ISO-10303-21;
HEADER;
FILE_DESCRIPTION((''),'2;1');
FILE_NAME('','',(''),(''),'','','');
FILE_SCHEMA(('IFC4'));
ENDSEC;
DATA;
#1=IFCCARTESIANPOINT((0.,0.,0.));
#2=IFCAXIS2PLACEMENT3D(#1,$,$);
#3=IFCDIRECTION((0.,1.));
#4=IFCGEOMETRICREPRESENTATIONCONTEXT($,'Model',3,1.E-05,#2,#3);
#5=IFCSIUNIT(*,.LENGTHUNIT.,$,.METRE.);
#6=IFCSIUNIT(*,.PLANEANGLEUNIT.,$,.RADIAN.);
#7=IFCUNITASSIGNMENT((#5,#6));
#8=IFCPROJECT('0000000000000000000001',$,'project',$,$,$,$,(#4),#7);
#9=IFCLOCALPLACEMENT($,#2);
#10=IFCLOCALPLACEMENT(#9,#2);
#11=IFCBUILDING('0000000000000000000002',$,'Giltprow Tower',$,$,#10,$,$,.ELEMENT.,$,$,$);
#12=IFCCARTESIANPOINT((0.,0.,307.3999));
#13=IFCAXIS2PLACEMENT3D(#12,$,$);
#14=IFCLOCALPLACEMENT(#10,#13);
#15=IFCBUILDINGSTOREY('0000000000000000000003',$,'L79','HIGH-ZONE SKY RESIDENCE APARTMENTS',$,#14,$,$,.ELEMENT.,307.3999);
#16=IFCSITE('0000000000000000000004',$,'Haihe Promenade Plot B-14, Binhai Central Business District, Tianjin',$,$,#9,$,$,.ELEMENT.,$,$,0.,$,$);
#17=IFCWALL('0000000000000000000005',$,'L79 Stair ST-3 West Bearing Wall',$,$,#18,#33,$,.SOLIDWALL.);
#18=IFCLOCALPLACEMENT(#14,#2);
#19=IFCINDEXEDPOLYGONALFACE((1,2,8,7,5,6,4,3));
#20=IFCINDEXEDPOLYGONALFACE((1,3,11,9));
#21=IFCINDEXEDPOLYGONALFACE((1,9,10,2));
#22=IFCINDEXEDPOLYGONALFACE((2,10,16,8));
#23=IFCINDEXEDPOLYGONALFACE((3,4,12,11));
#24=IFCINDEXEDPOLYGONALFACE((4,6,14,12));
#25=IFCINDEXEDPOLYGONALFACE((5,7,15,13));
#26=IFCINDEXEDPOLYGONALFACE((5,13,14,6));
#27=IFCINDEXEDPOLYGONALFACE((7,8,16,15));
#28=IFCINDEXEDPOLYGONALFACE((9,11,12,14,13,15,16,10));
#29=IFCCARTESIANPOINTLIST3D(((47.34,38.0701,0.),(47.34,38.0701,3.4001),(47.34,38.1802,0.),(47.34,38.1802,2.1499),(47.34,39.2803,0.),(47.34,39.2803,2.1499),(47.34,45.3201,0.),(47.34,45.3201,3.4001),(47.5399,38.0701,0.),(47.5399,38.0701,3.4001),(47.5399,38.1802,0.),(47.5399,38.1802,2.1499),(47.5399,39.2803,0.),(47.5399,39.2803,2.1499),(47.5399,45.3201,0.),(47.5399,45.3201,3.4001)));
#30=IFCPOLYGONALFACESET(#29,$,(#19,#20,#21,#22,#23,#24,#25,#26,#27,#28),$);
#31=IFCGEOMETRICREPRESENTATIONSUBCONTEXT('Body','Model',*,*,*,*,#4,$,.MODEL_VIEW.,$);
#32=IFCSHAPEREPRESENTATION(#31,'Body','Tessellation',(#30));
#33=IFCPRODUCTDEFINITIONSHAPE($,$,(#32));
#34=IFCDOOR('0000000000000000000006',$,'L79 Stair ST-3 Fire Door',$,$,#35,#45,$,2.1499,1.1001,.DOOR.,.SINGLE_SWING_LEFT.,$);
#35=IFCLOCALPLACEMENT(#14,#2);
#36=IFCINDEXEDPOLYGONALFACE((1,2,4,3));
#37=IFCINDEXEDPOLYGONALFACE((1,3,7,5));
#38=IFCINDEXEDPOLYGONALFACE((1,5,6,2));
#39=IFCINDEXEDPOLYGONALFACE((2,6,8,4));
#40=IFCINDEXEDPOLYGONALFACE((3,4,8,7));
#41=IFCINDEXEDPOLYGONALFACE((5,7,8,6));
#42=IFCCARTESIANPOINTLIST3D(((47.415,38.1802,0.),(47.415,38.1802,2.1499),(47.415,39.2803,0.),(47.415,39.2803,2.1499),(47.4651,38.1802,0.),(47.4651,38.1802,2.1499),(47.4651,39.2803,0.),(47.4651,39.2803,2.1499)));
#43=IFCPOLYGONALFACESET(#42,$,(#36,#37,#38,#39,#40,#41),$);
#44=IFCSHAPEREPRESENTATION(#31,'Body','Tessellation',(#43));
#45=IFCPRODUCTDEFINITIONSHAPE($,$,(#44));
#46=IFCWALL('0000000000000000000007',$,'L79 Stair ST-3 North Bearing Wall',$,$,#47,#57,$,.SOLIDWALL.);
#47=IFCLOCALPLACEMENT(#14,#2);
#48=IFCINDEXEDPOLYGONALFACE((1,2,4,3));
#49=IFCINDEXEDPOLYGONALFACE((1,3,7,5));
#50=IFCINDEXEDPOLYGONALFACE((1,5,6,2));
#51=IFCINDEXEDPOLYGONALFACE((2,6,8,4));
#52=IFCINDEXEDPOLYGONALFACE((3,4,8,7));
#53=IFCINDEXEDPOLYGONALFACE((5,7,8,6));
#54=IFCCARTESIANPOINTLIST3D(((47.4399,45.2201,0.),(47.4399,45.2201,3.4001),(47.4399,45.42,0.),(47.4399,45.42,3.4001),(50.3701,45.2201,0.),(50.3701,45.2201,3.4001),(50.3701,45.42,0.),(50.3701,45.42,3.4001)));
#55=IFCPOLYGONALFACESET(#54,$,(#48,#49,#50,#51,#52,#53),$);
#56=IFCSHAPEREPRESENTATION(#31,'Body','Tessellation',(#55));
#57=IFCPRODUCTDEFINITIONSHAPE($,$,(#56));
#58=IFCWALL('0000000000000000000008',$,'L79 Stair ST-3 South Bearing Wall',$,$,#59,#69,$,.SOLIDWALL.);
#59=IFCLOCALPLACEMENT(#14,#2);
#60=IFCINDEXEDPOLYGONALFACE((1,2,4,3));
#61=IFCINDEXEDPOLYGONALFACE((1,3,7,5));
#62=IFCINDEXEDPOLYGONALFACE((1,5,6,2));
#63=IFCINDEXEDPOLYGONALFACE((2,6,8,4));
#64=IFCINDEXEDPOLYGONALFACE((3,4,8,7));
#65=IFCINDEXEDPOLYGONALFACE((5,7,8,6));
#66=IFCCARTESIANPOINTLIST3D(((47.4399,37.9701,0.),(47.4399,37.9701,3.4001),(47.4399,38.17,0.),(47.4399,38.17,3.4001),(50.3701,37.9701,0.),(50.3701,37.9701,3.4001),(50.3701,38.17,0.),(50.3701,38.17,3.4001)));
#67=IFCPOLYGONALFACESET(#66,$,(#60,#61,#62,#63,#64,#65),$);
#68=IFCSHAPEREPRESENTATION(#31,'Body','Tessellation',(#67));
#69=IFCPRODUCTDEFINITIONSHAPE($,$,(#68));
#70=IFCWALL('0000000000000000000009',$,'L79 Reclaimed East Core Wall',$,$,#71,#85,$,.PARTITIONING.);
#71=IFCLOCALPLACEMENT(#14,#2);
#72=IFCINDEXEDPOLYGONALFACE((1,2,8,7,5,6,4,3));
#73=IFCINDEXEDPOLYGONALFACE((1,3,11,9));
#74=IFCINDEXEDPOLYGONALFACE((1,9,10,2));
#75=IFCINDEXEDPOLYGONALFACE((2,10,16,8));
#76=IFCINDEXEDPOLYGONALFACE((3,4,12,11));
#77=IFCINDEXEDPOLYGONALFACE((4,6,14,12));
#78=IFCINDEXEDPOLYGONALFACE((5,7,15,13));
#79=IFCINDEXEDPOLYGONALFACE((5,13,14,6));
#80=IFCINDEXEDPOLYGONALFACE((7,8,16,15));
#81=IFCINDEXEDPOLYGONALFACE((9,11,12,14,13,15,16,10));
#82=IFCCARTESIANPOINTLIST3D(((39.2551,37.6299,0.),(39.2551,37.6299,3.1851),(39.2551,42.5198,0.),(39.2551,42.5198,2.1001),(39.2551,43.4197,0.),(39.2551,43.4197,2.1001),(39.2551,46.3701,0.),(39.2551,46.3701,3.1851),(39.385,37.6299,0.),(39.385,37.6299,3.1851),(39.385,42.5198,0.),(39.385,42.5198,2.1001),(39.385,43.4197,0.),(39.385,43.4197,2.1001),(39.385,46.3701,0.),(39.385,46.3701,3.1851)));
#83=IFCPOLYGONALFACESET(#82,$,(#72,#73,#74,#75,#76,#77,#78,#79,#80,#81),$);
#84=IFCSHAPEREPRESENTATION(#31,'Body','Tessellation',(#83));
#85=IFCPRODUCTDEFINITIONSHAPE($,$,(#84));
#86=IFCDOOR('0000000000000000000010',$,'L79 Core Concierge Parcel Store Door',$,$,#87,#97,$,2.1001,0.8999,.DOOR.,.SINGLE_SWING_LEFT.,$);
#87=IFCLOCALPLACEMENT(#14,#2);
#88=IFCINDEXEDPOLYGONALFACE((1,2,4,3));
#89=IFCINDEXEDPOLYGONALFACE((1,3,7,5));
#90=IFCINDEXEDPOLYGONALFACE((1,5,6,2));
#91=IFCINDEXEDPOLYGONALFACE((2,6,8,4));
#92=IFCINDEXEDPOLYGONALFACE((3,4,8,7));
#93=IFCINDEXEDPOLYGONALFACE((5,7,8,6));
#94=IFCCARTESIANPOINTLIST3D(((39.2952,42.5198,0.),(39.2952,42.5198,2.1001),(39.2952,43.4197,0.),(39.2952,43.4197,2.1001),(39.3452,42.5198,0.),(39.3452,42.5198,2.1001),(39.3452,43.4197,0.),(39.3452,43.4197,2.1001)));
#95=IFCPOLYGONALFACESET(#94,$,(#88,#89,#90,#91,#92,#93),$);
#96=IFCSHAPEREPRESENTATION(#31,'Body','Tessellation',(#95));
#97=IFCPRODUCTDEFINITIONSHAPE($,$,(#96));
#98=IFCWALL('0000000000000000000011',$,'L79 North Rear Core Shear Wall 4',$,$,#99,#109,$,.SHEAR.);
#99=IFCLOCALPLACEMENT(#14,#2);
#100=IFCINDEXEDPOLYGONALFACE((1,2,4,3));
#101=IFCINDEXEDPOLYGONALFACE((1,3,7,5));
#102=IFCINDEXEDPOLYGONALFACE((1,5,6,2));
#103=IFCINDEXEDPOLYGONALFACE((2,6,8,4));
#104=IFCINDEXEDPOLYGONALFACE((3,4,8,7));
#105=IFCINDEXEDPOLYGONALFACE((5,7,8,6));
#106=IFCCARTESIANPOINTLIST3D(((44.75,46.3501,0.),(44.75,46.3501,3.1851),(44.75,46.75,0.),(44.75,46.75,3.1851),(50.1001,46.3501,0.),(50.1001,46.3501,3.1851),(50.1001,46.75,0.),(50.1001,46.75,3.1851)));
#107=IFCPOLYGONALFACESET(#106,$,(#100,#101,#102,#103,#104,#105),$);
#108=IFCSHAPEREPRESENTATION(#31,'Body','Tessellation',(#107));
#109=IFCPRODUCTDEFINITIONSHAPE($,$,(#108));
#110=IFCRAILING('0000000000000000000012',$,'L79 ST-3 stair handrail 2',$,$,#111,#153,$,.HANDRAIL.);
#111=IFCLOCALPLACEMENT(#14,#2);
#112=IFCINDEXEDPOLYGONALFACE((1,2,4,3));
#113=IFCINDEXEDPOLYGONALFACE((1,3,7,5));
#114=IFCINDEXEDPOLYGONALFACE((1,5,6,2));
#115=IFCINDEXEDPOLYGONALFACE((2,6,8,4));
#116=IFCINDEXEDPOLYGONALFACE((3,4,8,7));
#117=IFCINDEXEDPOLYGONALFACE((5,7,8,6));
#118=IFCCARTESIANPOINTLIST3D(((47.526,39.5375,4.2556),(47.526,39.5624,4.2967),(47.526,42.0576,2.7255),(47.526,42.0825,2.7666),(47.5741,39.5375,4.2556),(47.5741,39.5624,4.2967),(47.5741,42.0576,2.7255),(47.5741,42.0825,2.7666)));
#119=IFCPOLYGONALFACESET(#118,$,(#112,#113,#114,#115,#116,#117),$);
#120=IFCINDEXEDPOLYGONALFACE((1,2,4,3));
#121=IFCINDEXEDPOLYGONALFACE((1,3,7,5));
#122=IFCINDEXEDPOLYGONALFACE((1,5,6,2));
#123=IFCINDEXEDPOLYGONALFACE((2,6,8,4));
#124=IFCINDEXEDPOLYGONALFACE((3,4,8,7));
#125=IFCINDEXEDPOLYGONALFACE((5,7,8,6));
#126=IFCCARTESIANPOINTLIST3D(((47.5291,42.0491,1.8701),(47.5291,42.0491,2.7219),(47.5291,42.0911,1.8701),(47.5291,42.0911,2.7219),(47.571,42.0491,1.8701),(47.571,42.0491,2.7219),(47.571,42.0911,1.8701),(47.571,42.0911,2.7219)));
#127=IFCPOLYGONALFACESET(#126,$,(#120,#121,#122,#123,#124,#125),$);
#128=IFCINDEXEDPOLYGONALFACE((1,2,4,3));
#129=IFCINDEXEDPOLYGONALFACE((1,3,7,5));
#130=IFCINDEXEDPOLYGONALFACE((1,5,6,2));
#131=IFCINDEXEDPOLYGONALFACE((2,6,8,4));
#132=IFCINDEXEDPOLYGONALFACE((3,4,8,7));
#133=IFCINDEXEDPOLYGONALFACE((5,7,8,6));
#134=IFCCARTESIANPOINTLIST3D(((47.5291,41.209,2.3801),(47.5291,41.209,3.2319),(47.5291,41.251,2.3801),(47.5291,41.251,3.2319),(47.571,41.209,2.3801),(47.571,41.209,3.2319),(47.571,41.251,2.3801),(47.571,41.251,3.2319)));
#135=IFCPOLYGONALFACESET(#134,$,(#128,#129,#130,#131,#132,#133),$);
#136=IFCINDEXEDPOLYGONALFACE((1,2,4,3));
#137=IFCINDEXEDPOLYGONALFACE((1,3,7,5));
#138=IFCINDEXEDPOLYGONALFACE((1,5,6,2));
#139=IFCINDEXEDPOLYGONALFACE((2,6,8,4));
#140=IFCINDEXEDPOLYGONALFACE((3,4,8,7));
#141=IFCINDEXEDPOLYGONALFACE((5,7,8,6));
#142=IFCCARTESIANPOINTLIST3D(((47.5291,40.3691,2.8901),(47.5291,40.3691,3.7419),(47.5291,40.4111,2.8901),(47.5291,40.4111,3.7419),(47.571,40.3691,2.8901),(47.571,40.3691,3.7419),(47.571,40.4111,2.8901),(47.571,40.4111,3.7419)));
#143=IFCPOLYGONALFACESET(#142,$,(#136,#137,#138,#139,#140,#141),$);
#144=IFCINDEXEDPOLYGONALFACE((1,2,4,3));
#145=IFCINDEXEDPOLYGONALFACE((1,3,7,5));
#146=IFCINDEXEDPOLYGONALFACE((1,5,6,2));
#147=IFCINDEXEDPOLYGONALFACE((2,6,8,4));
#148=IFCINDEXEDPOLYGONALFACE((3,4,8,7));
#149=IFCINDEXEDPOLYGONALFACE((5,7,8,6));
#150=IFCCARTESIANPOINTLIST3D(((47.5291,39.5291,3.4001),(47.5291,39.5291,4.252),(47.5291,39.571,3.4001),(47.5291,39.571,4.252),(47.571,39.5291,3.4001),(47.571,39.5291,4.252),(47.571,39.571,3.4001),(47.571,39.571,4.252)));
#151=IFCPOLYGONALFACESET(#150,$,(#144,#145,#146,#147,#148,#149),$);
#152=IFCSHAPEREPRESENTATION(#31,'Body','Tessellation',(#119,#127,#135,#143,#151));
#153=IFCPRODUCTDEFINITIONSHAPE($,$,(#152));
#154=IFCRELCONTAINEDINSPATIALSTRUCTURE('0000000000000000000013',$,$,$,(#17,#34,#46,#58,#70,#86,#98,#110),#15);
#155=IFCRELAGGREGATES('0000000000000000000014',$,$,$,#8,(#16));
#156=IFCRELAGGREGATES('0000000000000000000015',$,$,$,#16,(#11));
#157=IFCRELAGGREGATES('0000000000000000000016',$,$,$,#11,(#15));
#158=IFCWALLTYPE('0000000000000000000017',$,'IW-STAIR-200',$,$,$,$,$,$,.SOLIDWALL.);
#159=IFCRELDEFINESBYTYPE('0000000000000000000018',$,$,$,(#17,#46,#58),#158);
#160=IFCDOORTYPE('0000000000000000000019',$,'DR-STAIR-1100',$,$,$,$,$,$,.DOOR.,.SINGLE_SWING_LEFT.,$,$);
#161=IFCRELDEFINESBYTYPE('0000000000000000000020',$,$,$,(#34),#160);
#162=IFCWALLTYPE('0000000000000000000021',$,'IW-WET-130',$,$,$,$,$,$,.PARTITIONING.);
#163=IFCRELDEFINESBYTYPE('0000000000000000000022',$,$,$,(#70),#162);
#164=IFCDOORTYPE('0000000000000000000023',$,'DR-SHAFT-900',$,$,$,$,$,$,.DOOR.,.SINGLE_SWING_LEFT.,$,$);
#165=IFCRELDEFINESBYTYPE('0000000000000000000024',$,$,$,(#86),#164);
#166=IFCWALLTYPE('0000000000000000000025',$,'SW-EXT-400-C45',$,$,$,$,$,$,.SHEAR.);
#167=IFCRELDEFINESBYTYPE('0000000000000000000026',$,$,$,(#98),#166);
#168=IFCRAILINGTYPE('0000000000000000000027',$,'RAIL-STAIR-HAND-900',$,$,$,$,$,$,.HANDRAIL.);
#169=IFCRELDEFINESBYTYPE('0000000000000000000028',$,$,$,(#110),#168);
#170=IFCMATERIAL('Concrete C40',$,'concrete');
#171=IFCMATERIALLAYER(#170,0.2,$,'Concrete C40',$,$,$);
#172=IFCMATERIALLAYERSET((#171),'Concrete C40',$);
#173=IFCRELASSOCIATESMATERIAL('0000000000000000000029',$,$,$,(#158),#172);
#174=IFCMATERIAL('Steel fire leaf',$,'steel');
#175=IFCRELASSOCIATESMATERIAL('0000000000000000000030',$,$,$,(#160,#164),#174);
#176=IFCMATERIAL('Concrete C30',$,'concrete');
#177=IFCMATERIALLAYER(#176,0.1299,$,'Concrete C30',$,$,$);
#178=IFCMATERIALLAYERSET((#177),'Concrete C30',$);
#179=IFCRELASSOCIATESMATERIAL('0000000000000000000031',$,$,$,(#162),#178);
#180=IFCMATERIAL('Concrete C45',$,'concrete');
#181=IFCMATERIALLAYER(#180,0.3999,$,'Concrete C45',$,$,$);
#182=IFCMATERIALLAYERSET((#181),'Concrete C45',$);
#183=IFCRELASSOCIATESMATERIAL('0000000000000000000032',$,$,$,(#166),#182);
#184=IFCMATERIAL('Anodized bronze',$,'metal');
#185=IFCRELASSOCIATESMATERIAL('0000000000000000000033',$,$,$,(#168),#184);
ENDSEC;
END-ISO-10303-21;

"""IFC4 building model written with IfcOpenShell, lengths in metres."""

from ifc_helpers import new_model, si_unit, direction, frame, frame_2d, origin, origin_2d, place, context, subcontext, project, spatial, rectangle, extrude, source, transform, mapped, material, layer, layer_set, type_object, element, fill, save


model = new_model("IFC4")

# Units and contexts
model_context = context("Model", 3, precision=1e-05, world=origin(), true_north=direction((0.0, 1.0)))
body_context = subcontext(model_context, "Body", "Model", "MODEL_VIEW")
ifc_project = project(units=[si_unit("LENGTHUNIT", "METRE"), si_unit("PLANEANGLEUNIT", "RADIAN")], contexts=[model_context])

# Site, building, storey
site_placement = place(None, origin())
site = spatial("IfcSite", under=ifc_project, at=site_placement, Name="Haihe Promenade Plot B-14, Binhai Central Business District, Tianjin", CompositionType="ELEMENT", RefElevation=0.0)
building_placement = place(site_placement, origin())
building = spatial("IfcBuilding", under=site, at=building_placement, Name="Giltprow Tower", CompositionType="ELEMENT")
storey_placement = place(building_placement, frame((0.0, 0.0, 307.3999)))
storey = spatial("IfcBuildingStorey", under=building, at=storey_placement, Name="L79", Description="HIGH-ZONE SKY RESIDENCE APARTMENTS", CompositionType="ELEMENT", Elevation=307.3999)

# Shared definitions
ifc_material_1 = material(Name="Concrete C45", Category="concrete")

# Shared definitions
ifc_material_2 = material(Name="Concrete C40", Category="concrete")

# Wall, opening, door
ifc_layer_1 = layer(ifc_material_2, 0.2, Name="Concrete C40")
ifc_layer_set_1 = layer_set([ifc_layer_1], Name="Concrete C40")
wall_type_1 = type_object("IfcWallType", Name="IW-STAIR-200", PredefinedType="SOLIDWALL", material=ifc_layer_set_1)
wall_1_placement = place(storey_placement, frame((47.4399, 38.0701, 0.0), z_axis=(0.0, 0.0, 1.0), x_axis=(0.0, 1.0, 0.0)))
wall_1 = element("IfcWall", 1, at=wall_1_placement, inside=storey, type_object=wall_type_1, Name="L79 Stair ST-3 West Bearing Wall", PredefinedType="SOLIDWALL", context=body_context, shape_type="SweptSolid", body=[
    extrude(rectangle(XDim=7.25, YDim=0.2, at=frame_2d((3.625, 0.0))), origin(), (0.0, 0.0, 1.0), 3.4001),
])
opening_1_placement = place(wall_1_placement, frame((0.1101, 0.0, 0.0)))
opening_1 = element("IfcOpeningElement", 2, at=opening_1_placement, cuts=wall_1, PredefinedType="OPENING", context=body_context, shape_type="SweptSolid", body=[
    extrude(rectangle(XDim=1.1001, YDim=2.1499, at=frame_2d((0.55, 1.075))), frame((0.0, 0.1099, 0.0), z_axis=(0.0, -1.0, 0.0), x_axis=(1.0, 0.0, 0.0)), (0.0, 0.0, 1.0), 0.22),
])
ifc_material_3 = material(Name="Steel fire leaf", Category="steel")
door_type_1 = type_object("IfcDoorType", Name="DR-STAIR-1100", OperationType="SINGLE_SWING_LEFT", PredefinedType="DOOR", material=ifc_material_3)
shared_shape_1 = source(origin(), body_context, "Body", "SweptSolid", [
    extrude(rectangle(XDim=1.1001, YDim=2.1499, at=frame_2d((0.55, 1.075))), frame((0.0, 0.0249, 0.0), z_axis=(0.0, -1.0, 0.0), x_axis=(1.0, 0.0, 0.0)), (0.0, 0.0, 1.0), 0.05),
])
door_1_placement = place(opening_1_placement, origin())
door_1 = element("IfcDoor", 3, at=door_1_placement, inside=storey, type_object=door_type_1, Name="L79 Stair ST-3 Fire Door", OperationType="SINGLE_SWING_LEFT", OverallHeight=2.1499, OverallWidth=1.1001, PredefinedType="DOOR", context=body_context, shape_type="MappedRepresentation", body=[
    mapped(shared_shape_1, transform((0.0, 0.0, 0.0), x_axis=(1.0, 0.0, 0.0), y_axis=(0.0, 1.0, 0.0), z_axis=(0.0, 0.0, 1.0), scale=1.0)),
])
fill(opening_1, door_1)

# Walls
for number, where, z_axis, x_axis, name in (
    (4, (47.4399, 45.3201, 0.0), (0.0, 0.0, 1.0), (1.0, 0.0, 0.0), "L79 Stair ST-3 North Bearing Wall"),
    (5, (47.4399, 38.0701, 0.0), (0.0, 0.0, 1.0), (1.0, 0.0, 0.0), "L79 Stair ST-3 South Bearing Wall"),
):
    element("IfcWall", number, at=place(storey_placement, frame(where, z_axis=z_axis, x_axis=x_axis)), inside=storey, type_object=wall_type_1, Name=name, PredefinedType="SOLIDWALL", context=body_context, shape_type="SweptSolid", body=[
        extrude(rectangle(XDim=2.9302, YDim=0.2, at=frame_2d((1.4651, 0.0))), origin(), (0.0, 0.0, 1.0), 3.4001),
    ])

# Wall, opening, door
ifc_material_4 = material(Name="Concrete C30", Category="concrete")
ifc_layer_2 = layer(ifc_material_4, 0.1299, Name="Concrete C30")
ifc_layer_set_2 = layer_set([ifc_layer_2], Name="Concrete C30")
wall_type_2 = type_object("IfcWallType", Name="IW-WET-130", PredefinedType="PARTITIONING", material=ifc_layer_set_2)
wall_2_placement = place(storey_placement, frame((39.3201, 37.6299, 0.0), z_axis=(0.0, 0.0, 1.0), x_axis=(0.0, 1.0, 0.0)))
wall_2 = element("IfcWall", 6, at=wall_2_placement, inside=storey, type_object=wall_type_2, Name="L79 Reclaimed East Core Wall", PredefinedType="PARTITIONING", context=body_context, shape_type="SweptSolid", body=[
    extrude(rectangle(XDim=8.7402, YDim=0.1299, at=frame_2d((4.3701, 0.0))), origin(), (0.0, 0.0, 1.0), 3.1851),
])
opening_2_placement = place(wall_2_placement, frame((4.8899, 0.0, 0.0)))
opening_2 = element("IfcOpeningElement", 7, at=opening_2_placement, cuts=wall_2, PredefinedType="OPENING", context=body_context, shape_type="SweptSolid", body=[
    extrude(rectangle(XDim=0.8999, YDim=2.1001, at=frame_2d((0.45, 1.05))), frame((0.0, 0.075, 0.0), z_axis=(0.0, -1.0, 0.0), x_axis=(1.0, 0.0, 0.0)), (0.0, 0.0, 1.0), 0.1499),
])
door_type_2 = type_object("IfcDoorType", Name="DR-SHAFT-900", OperationType="SINGLE_SWING_LEFT", PredefinedType="DOOR", material=ifc_material_3)
shared_shape_2 = source(origin(), body_context, "Body", "SweptSolid", [
    extrude(rectangle(XDim=0.8999, YDim=2.1001, at=frame_2d((0.45, 1.05))), frame((0.0, 0.0249, 0.0), z_axis=(0.0, -1.0, 0.0), x_axis=(1.0, 0.0, 0.0)), (0.0, 0.0, 1.0), 0.05),
])
door_2_placement = place(opening_2_placement, origin())
door_2 = element("IfcDoor", 8, at=door_2_placement, inside=storey, type_object=door_type_2, Name="L79 Core Concierge Parcel Store Door", OperationType="SINGLE_SWING_LEFT", OverallHeight=2.1001, OverallWidth=0.8999, PredefinedType="DOOR", context=body_context, shape_type="MappedRepresentation", body=[
    mapped(shared_shape_2, transform((0.0, 0.0, 0.0), x_axis=(1.0, 0.0, 0.0), y_axis=(0.0, 1.0, 0.0), z_axis=(0.0, 0.0, 1.0), scale=1.0)),
])
fill(opening_2, door_2)

# Wall
ifc_layer_3 = layer(ifc_material_1, 0.3999, Name="Concrete C45")
ifc_layer_set_3 = layer_set([ifc_layer_3], Name="Concrete C45")
wall_type_3 = type_object("IfcWallType", Name="SW-EXT-400-C45", PredefinedType="SHEAR", material=ifc_layer_set_3)
wall_3_placement = place(storey_placement, frame((44.75, 46.55, 0.0), z_axis=(0.0, 0.0, 1.0), x_axis=(1.0, 0.0, 0.0)))
element("IfcWall", 9, at=wall_3_placement, inside=storey, type_object=wall_type_3, Name="L79 North Rear Core Shear Wall 4", PredefinedType="SHEAR", context=body_context, shape_type="SweptSolid", body=[
    extrude(rectangle(XDim=5.3501, YDim=0.3999, at=frame_2d((2.675, 0.0))), origin(), (0.0, 0.0, 1.0), 3.1851),
])

# Railing
ifc_material_5 = material(Name="Anodized bronze", Category="metal")
railing_type = type_object("IfcRailingType", Name="RAIL-STAIR-HAND-900", PredefinedType="HANDRAIL", material=ifc_material_5)
railing_placement = place(storey_placement, frame((47.55, 42.0701, 1.8701)))
element("IfcRailing", 10, at=railing_placement, inside=storey, type_object=railing_type, Name="L79 ST-3 stair handrail 2", PredefinedType="HANDRAIL", context=body_context, shape_type="SweptSolid", body=[
    extrude(rectangle(XDim=0.0481, YDim=0.0481, at=origin_2d()), frame((0.0, 0.0, 0.876), z_axis=(0.0, -0.854785, 0.518982), x_axis=(1.0, 0.0, 0.0)), (0.0, 0.0, 1.0), 2.9482),
    extrude(rectangle(XDim=0.042, YDim=0.042, at=origin_2d()), origin(), (0.0, 0.0, 1.0), 0.8518),
    extrude(rectangle(XDim=0.042, YDim=0.042, at=origin_2d()), frame((0.0, -0.8401, 0.51)), (0.0, 0.0, 1.0), 0.8518),
    extrude(rectangle(XDim=0.042, YDim=0.042, at=origin_2d()), frame((0.0, -1.6799, 1.02)), (0.0, 0.0, 1.0), 0.8518),
    extrude(rectangle(XDim=0.042, YDim=0.042, at=origin_2d()), frame((0.0, -2.52, 1.53)), (0.0, 0.0, 1.0), 0.8518),
])

save(model, "model.ifc")
